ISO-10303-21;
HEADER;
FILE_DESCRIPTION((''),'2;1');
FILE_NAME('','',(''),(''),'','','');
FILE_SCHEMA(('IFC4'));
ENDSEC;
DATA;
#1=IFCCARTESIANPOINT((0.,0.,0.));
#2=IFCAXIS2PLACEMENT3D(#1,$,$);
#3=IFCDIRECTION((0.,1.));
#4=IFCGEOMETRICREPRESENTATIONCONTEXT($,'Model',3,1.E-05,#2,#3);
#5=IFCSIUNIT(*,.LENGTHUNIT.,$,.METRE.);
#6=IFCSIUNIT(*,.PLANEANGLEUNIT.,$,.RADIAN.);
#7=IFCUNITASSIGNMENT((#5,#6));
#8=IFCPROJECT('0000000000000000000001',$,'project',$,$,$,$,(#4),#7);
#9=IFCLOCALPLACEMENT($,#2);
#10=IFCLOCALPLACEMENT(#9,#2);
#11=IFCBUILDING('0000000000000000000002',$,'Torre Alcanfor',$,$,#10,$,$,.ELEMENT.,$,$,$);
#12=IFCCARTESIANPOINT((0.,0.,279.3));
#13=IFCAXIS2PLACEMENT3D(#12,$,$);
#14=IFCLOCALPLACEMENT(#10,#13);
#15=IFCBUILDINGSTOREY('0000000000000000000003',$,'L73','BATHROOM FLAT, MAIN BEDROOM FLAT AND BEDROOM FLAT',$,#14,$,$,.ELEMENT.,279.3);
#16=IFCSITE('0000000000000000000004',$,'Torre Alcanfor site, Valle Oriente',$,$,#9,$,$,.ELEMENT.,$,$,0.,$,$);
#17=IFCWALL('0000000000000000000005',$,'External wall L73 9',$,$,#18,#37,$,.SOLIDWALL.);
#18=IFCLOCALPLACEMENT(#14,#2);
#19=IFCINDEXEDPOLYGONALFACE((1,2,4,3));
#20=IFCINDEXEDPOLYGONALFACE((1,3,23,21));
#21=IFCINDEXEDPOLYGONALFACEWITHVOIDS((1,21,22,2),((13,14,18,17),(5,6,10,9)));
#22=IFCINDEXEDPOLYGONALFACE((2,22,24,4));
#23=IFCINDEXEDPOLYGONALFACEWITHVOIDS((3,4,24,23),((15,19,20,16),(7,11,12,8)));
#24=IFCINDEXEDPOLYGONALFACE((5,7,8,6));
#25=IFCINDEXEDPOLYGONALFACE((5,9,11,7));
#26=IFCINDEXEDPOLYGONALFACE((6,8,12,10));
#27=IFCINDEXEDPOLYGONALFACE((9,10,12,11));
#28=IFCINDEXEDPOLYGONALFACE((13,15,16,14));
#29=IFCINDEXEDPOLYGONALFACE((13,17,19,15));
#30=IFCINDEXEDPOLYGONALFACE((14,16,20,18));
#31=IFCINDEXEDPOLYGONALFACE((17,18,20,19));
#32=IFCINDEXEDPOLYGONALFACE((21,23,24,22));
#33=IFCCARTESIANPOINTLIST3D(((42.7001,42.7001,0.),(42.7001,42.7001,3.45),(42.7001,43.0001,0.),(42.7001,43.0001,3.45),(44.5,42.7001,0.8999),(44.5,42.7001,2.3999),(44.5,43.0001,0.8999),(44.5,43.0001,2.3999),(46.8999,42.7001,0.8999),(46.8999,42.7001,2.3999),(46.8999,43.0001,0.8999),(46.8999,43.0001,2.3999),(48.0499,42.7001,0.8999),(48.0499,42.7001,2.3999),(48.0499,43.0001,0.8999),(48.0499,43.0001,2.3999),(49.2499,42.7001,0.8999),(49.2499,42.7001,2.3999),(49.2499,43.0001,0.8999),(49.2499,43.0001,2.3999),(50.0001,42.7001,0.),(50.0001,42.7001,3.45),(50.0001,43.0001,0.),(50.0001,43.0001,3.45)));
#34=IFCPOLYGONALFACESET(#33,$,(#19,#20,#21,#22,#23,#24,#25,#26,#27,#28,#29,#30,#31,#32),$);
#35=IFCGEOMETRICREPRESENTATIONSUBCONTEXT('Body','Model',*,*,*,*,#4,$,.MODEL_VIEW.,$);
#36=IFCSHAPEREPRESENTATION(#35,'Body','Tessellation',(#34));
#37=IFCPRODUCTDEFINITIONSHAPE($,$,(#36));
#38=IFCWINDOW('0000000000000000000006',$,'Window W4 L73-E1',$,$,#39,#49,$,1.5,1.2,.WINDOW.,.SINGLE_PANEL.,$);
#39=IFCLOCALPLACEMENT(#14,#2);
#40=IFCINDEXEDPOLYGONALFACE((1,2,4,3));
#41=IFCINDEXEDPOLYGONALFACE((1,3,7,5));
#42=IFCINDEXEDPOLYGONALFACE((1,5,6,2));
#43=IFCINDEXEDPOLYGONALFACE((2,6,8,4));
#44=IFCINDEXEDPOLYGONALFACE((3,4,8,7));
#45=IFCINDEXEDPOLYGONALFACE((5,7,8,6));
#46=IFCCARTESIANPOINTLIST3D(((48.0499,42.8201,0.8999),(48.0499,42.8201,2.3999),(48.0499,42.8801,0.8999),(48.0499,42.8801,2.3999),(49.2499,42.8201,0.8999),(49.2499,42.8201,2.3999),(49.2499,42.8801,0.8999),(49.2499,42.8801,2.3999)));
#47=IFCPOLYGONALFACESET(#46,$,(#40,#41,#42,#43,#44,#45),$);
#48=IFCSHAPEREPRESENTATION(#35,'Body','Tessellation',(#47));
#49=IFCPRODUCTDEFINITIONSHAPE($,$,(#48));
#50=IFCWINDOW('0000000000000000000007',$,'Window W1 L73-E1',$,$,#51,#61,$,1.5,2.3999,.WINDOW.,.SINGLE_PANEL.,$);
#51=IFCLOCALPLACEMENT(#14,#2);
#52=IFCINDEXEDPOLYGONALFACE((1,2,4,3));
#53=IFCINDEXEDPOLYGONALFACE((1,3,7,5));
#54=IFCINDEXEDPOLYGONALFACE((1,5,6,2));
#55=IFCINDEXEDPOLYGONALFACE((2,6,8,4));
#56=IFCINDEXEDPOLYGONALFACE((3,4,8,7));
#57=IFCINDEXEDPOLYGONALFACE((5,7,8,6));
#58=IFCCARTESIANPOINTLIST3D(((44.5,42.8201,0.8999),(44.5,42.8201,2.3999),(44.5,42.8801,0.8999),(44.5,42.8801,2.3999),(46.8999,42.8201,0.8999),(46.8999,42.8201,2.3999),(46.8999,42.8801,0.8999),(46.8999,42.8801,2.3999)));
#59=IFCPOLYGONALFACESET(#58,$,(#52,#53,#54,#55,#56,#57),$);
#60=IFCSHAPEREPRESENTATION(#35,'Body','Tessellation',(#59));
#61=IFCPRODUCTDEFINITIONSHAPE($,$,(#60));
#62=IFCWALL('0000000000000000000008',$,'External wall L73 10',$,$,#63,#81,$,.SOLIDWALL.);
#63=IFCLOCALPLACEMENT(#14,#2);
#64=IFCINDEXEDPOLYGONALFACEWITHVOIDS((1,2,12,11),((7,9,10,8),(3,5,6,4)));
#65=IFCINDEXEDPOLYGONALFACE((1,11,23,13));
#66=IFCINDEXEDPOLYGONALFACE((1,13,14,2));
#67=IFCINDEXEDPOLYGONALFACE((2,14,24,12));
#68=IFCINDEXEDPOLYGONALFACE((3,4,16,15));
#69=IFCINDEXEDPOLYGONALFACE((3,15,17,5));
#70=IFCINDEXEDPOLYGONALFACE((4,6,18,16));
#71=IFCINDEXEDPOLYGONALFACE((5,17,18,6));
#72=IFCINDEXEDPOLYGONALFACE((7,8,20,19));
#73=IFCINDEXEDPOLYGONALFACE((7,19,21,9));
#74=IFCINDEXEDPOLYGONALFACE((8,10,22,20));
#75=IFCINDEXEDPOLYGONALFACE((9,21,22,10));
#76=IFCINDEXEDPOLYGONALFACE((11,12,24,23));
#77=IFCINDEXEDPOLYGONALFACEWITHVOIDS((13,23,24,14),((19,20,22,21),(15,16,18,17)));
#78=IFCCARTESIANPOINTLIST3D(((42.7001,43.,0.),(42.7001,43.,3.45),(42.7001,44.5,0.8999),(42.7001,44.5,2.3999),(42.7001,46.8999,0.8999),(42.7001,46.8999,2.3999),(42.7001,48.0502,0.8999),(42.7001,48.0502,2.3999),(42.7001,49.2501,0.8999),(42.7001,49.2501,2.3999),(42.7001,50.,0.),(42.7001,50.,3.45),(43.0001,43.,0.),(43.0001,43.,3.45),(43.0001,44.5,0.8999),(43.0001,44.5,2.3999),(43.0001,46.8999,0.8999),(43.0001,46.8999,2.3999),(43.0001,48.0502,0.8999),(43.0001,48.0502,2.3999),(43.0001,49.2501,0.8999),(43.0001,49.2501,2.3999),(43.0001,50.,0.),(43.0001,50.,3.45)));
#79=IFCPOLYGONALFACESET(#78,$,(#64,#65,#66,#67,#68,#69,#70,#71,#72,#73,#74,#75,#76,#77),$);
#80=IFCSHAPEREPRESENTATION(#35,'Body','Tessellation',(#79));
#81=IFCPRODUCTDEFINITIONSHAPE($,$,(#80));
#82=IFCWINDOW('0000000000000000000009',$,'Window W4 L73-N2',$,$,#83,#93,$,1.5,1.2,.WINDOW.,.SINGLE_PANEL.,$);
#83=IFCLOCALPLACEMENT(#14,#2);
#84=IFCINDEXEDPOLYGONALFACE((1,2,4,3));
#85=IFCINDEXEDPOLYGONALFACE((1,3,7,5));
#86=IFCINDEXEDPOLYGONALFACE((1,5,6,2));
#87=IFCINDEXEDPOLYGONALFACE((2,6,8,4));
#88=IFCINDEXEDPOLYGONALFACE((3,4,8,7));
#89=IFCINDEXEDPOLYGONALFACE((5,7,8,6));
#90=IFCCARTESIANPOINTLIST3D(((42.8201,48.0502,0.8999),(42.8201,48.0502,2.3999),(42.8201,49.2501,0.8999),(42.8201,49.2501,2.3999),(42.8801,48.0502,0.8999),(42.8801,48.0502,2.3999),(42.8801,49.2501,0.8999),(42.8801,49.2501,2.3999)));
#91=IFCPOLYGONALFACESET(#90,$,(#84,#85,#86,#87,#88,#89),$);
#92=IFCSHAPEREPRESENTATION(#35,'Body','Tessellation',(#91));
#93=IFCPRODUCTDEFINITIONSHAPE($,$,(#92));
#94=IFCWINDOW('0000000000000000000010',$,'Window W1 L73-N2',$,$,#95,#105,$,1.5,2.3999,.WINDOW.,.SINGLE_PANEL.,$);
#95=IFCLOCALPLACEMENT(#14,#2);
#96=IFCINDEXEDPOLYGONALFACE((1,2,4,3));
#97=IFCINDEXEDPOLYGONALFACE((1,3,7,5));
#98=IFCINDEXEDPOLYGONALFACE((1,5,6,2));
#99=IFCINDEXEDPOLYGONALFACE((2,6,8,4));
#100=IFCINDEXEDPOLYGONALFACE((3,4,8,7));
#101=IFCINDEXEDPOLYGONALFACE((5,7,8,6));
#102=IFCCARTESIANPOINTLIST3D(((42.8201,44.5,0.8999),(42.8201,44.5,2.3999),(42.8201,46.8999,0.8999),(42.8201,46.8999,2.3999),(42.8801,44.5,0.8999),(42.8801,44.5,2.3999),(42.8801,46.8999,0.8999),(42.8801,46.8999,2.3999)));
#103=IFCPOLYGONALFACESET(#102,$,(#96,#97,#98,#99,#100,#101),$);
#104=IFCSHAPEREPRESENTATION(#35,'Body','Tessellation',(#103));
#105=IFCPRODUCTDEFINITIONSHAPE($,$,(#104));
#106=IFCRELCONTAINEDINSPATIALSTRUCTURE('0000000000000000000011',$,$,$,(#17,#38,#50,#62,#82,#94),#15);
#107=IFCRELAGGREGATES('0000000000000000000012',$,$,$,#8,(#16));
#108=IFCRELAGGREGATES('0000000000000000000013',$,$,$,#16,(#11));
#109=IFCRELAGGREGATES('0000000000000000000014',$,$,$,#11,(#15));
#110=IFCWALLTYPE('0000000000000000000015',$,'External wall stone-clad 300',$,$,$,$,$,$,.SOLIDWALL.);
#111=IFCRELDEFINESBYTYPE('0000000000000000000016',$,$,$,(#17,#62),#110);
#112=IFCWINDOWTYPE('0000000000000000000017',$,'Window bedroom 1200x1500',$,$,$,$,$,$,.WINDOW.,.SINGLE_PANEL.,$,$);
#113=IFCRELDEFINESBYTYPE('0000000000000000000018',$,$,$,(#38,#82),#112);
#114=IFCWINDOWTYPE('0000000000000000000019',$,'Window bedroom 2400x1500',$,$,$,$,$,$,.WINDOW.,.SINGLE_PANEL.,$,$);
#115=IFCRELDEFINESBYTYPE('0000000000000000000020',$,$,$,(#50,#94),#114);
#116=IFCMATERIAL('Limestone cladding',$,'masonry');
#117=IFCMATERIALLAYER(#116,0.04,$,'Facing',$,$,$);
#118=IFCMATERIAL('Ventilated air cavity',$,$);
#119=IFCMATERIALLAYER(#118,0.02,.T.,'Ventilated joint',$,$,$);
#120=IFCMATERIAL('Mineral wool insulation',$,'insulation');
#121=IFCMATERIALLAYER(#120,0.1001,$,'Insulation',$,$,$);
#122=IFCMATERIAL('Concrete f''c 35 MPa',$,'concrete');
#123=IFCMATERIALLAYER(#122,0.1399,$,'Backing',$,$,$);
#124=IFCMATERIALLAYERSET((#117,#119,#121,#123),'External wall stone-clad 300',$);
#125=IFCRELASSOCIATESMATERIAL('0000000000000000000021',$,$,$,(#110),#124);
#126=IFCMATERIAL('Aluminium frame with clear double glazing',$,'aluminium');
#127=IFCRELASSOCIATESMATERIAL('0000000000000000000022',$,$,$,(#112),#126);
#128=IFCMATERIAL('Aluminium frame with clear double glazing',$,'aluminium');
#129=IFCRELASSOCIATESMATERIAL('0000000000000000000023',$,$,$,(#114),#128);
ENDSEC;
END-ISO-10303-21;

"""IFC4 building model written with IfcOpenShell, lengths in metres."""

from ifc_helpers import new_model, si_unit, direction, frame, frame_2d, origin, place, context, subcontext, project, spatial, rectangle, extrude, material, layer, layer_set, type_object, element, fill, save


model = new_model("IFC4")

# Units and contexts
model_context = context("Model", 3, precision=1e-05, world=origin(), true_north=direction((0.0, 1.0)))
body_context = subcontext(model_context, "Body", "Model", "MODEL_VIEW")
ifc_project = project(units=[si_unit("LENGTHUNIT", "METRE"), si_unit("PLANEANGLEUNIT", "RADIAN")], contexts=[model_context])

# Site, building, storey
site_placement = place(None, origin())
site = spatial("IfcSite", under=ifc_project, at=site_placement, Name="Torre Alcanfor site, Valle Oriente", CompositionType="ELEMENT", RefElevation=0.0)
building_placement = place(site_placement, origin())
building = spatial("IfcBuilding", under=site, at=building_placement, Name="Torre Alcanfor", CompositionType="ELEMENT")
storey_placement = place(building_placement, frame((0.0, 0.0, 279.3)))
storey = spatial("IfcBuildingStorey", under=building, at=storey_placement, Name="L73", Description="BATHROOM FLAT, MAIN BEDROOM FLAT AND BEDROOM FLAT", CompositionType="ELEMENT", Elevation=279.3)

# Walls, openings, windows
ifc_material_1 = material(Name="Limestone cladding", Category="masonry")
ifc_layer_1 = layer(ifc_material_1, 0.04, Name="Facing")
ifc_material_2 = material(Name="Ventilated air cavity")
ifc_layer_2 = layer(ifc_material_2, 0.02, ventilated=True, Name="Ventilated joint")
ifc_material_3 = material(Name="Mineral wool insulation", Category="insulation")
ifc_layer_3 = layer(ifc_material_3, 0.1001, Name="Insulation")
ifc_material_4 = material(Name="Concrete f'c 35 MPa", Category="concrete")
ifc_layer_4 = layer(ifc_material_4, 0.1399, Name="Backing")
ifc_layer_set_1 = layer_set([ifc_layer_1, ifc_layer_2, ifc_layer_3, ifc_layer_4], Name="External wall stone-clad 300")
wall_type_1 = type_object("IfcWallType", Name="External wall stone-clad 300", PredefinedType="SOLIDWALL", material=ifc_layer_set_1)
wall_1_placement = place(storey_placement, frame((50.0, 42.8501, 0.0), z_axis=(0.0, 0.0, 1.0), x_axis=(-1.0, 0.0, 0.0)))
wall_1 = element("IfcWall", 1, at=wall_1_placement, inside=storey, type_object=wall_type_1, Name="External wall L73 9", PredefinedType="SOLIDWALL", context=body_context, shape_type="SweptSolid", body=[
    extrude(rectangle(XDim=7.3, YDim=0.3, at=frame_2d((3.6499, 0.0))), origin(), (0.0, 0.0, 1.0), 3.45),
])
opening_1_placement = place(wall_1_placement, frame((3.1001, 0.0, 0.8999)))
opening_1 = element("IfcOpeningElement", 2, at=opening_1_placement, cuts=wall_1, PredefinedType="OPENING", context=body_context, shape_type="SweptSolid", body=[
    extrude(rectangle(XDim=2.3999, YDim=1.5, at=frame_2d((1.2, 0.75))), frame((0.0, 0.1599, 0.0), z_axis=(0.0, -1.0, 0.0), x_axis=(1.0, 0.0, 0.0)), (0.0, 0.0, 1.0), 0.3201),
])
opening_2_placement = place(wall_1_placement, frame((0.75, 0.0, 0.8999)))
opening_2 = element("IfcOpeningElement", 3, at=opening_2_placement, cuts=wall_1, PredefinedType="OPENING", context=body_context, shape_type="SweptSolid", body=[
    extrude(rectangle(XDim=1.2, YDim=1.5, at=frame_2d((0.6001, 0.75))), frame((0.0, 0.1599, 0.0), z_axis=(0.0, -1.0, 0.0), x_axis=(1.0, 0.0, 0.0)), (0.0, 0.0, 1.0), 0.3201),
])
ifc_material_5 = material(Name="Aluminium frame with clear double glazing", Category="aluminium")
window_type_1 = type_object("IfcWindowType", Name="Window bedroom 1200x1500", PartitioningType="SINGLE_PANEL", PredefinedType="WINDOW", material=ifc_material_5)
window_1_placement = place(opening_2_placement, origin())
window_1 = element("IfcWindow", 4, at=window_1_placement, inside=storey, type_object=window_type_1, Name="Window W4 L73-E1", OverallHeight=1.5, OverallWidth=1.2, PartitioningType="SINGLE_PANEL", PredefinedType="WINDOW", context=body_context, shape_type="SweptSolid", body=[
    extrude(rectangle(XDim=1.2, YDim=1.5, at=frame_2d((0.6001, 0.75))), frame((0.0, 0.03, 0.0), z_axis=(0.0, -1.0, 0.0), x_axis=(1.0, 0.0, 0.0)), (0.0, 0.0, 1.0), 0.0601),
])
fill(opening_2, window_1)
ifc_material_6 = material(Name="Aluminium frame with clear double glazing", Category="aluminium")
window_type_2 = type_object("IfcWindowType", Name="Window bedroom 2400x1500", PartitioningType="SINGLE_PANEL", PredefinedType="WINDOW", material=ifc_material_6)
window_2_placement = place(opening_1_placement, origin())
window_2 = element("IfcWindow", 5, at=window_2_placement, inside=storey, type_object=window_type_2, Name="Window W1 L73-E1", OverallHeight=1.5, OverallWidth=2.3999, PartitioningType="SINGLE_PANEL", PredefinedType="WINDOW", context=body_context, shape_type="SweptSolid", body=[
    extrude(rectangle(XDim=2.3999, YDim=1.5, at=frame_2d((1.2, 0.75))), frame((0.0, 0.03, 0.0), z_axis=(0.0, -1.0, 0.0), x_axis=(1.0, 0.0, 0.0)), (0.0, 0.0, 1.0), 0.0601),
])
fill(opening_1, window_2)
wall_2_placement = place(storey_placement, frame((42.8501, 43.0, 0.0), z_axis=(0.0, 0.0, 1.0), x_axis=(0.0, 1.0, 0.0)))
wall_2 = element("IfcWall", 6, at=wall_2_placement, inside=storey, type_object=wall_type_1, Name="External wall L73 10", PredefinedType="SOLIDWALL", context=body_context, shape_type="SweptSolid", body=[
    extrude(rectangle(XDim=7.0, YDim=0.3, at=frame_2d((3.5, 0.0))), origin(), (0.0, 0.0, 1.0), 3.45),
])
opening_3_placement = place(wall_2_placement, frame((1.5, 0.0, 0.8999)))
opening_3 = element("IfcOpeningElement", 7, at=opening_3_placement, cuts=wall_2, PredefinedType="OPENING", context=body_context, shape_type="SweptSolid", body=[
    extrude(rectangle(XDim=2.3999, YDim=1.5, at=frame_2d((1.2, 0.75))), frame((0.0, 0.1599, 0.0), z_axis=(0.0, -1.0, 0.0), x_axis=(1.0, 0.0, 0.0)), (0.0, 0.0, 1.0), 0.3201),
])
opening_4_placement = place(wall_2_placement, frame((5.05, 0.0, 0.8999)))
opening_4 = element("IfcOpeningElement", 8, at=opening_4_placement, cuts=wall_2, PredefinedType="OPENING", context=body_context, shape_type="SweptSolid", body=[
    extrude(rectangle(XDim=1.2, YDim=1.5, at=frame_2d((0.6001, 0.75))), frame((0.0, 0.1599, 0.0), z_axis=(0.0, -1.0, 0.0), x_axis=(1.0, 0.0, 0.0)), (0.0, 0.0, 1.0), 0.3201),
])
window_3_placement = place(opening_4_placement, origin())
window_3 = element("IfcWindow", 9, at=window_3_placement, inside=storey, type_object=window_type_1, Name="Window W4 L73-N2", OverallHeight=1.5, OverallWidth=1.2, PartitioningType="SINGLE_PANEL", PredefinedType="WINDOW", context=body_context, shape_type="SweptSolid", body=[
    extrude(rectangle(XDim=1.2, YDim=1.5, at=frame_2d((0.6001, 0.75))), frame((0.0, 0.03, 0.0), z_axis=(0.0, -1.0, 0.0), x_axis=(1.0, 0.0, 0.0)), (0.0, 0.0, 1.0), 0.0601),
])
fill(opening_4, window_3)
window_4_placement = place(opening_3_placement, origin())
window_4 = element("IfcWindow", 10, at=window_4_placement, inside=storey, type_object=window_type_2, Name="Window W1 L73-N2", OverallHeight=1.5, OverallWidth=2.3999, PartitioningType="SINGLE_PANEL", PredefinedType="WINDOW", context=body_context, shape_type="SweptSolid", body=[
    extrude(rectangle(XDim=2.3999, YDim=1.5, at=frame_2d((1.2, 0.75))), frame((0.0, 0.03, 0.0), z_axis=(0.0, -1.0, 0.0), x_axis=(1.0, 0.0, 0.0)), (0.0, 0.0, 1.0), 0.0601),
])
fill(opening_3, window_4)

save(model, "model.ifc")
